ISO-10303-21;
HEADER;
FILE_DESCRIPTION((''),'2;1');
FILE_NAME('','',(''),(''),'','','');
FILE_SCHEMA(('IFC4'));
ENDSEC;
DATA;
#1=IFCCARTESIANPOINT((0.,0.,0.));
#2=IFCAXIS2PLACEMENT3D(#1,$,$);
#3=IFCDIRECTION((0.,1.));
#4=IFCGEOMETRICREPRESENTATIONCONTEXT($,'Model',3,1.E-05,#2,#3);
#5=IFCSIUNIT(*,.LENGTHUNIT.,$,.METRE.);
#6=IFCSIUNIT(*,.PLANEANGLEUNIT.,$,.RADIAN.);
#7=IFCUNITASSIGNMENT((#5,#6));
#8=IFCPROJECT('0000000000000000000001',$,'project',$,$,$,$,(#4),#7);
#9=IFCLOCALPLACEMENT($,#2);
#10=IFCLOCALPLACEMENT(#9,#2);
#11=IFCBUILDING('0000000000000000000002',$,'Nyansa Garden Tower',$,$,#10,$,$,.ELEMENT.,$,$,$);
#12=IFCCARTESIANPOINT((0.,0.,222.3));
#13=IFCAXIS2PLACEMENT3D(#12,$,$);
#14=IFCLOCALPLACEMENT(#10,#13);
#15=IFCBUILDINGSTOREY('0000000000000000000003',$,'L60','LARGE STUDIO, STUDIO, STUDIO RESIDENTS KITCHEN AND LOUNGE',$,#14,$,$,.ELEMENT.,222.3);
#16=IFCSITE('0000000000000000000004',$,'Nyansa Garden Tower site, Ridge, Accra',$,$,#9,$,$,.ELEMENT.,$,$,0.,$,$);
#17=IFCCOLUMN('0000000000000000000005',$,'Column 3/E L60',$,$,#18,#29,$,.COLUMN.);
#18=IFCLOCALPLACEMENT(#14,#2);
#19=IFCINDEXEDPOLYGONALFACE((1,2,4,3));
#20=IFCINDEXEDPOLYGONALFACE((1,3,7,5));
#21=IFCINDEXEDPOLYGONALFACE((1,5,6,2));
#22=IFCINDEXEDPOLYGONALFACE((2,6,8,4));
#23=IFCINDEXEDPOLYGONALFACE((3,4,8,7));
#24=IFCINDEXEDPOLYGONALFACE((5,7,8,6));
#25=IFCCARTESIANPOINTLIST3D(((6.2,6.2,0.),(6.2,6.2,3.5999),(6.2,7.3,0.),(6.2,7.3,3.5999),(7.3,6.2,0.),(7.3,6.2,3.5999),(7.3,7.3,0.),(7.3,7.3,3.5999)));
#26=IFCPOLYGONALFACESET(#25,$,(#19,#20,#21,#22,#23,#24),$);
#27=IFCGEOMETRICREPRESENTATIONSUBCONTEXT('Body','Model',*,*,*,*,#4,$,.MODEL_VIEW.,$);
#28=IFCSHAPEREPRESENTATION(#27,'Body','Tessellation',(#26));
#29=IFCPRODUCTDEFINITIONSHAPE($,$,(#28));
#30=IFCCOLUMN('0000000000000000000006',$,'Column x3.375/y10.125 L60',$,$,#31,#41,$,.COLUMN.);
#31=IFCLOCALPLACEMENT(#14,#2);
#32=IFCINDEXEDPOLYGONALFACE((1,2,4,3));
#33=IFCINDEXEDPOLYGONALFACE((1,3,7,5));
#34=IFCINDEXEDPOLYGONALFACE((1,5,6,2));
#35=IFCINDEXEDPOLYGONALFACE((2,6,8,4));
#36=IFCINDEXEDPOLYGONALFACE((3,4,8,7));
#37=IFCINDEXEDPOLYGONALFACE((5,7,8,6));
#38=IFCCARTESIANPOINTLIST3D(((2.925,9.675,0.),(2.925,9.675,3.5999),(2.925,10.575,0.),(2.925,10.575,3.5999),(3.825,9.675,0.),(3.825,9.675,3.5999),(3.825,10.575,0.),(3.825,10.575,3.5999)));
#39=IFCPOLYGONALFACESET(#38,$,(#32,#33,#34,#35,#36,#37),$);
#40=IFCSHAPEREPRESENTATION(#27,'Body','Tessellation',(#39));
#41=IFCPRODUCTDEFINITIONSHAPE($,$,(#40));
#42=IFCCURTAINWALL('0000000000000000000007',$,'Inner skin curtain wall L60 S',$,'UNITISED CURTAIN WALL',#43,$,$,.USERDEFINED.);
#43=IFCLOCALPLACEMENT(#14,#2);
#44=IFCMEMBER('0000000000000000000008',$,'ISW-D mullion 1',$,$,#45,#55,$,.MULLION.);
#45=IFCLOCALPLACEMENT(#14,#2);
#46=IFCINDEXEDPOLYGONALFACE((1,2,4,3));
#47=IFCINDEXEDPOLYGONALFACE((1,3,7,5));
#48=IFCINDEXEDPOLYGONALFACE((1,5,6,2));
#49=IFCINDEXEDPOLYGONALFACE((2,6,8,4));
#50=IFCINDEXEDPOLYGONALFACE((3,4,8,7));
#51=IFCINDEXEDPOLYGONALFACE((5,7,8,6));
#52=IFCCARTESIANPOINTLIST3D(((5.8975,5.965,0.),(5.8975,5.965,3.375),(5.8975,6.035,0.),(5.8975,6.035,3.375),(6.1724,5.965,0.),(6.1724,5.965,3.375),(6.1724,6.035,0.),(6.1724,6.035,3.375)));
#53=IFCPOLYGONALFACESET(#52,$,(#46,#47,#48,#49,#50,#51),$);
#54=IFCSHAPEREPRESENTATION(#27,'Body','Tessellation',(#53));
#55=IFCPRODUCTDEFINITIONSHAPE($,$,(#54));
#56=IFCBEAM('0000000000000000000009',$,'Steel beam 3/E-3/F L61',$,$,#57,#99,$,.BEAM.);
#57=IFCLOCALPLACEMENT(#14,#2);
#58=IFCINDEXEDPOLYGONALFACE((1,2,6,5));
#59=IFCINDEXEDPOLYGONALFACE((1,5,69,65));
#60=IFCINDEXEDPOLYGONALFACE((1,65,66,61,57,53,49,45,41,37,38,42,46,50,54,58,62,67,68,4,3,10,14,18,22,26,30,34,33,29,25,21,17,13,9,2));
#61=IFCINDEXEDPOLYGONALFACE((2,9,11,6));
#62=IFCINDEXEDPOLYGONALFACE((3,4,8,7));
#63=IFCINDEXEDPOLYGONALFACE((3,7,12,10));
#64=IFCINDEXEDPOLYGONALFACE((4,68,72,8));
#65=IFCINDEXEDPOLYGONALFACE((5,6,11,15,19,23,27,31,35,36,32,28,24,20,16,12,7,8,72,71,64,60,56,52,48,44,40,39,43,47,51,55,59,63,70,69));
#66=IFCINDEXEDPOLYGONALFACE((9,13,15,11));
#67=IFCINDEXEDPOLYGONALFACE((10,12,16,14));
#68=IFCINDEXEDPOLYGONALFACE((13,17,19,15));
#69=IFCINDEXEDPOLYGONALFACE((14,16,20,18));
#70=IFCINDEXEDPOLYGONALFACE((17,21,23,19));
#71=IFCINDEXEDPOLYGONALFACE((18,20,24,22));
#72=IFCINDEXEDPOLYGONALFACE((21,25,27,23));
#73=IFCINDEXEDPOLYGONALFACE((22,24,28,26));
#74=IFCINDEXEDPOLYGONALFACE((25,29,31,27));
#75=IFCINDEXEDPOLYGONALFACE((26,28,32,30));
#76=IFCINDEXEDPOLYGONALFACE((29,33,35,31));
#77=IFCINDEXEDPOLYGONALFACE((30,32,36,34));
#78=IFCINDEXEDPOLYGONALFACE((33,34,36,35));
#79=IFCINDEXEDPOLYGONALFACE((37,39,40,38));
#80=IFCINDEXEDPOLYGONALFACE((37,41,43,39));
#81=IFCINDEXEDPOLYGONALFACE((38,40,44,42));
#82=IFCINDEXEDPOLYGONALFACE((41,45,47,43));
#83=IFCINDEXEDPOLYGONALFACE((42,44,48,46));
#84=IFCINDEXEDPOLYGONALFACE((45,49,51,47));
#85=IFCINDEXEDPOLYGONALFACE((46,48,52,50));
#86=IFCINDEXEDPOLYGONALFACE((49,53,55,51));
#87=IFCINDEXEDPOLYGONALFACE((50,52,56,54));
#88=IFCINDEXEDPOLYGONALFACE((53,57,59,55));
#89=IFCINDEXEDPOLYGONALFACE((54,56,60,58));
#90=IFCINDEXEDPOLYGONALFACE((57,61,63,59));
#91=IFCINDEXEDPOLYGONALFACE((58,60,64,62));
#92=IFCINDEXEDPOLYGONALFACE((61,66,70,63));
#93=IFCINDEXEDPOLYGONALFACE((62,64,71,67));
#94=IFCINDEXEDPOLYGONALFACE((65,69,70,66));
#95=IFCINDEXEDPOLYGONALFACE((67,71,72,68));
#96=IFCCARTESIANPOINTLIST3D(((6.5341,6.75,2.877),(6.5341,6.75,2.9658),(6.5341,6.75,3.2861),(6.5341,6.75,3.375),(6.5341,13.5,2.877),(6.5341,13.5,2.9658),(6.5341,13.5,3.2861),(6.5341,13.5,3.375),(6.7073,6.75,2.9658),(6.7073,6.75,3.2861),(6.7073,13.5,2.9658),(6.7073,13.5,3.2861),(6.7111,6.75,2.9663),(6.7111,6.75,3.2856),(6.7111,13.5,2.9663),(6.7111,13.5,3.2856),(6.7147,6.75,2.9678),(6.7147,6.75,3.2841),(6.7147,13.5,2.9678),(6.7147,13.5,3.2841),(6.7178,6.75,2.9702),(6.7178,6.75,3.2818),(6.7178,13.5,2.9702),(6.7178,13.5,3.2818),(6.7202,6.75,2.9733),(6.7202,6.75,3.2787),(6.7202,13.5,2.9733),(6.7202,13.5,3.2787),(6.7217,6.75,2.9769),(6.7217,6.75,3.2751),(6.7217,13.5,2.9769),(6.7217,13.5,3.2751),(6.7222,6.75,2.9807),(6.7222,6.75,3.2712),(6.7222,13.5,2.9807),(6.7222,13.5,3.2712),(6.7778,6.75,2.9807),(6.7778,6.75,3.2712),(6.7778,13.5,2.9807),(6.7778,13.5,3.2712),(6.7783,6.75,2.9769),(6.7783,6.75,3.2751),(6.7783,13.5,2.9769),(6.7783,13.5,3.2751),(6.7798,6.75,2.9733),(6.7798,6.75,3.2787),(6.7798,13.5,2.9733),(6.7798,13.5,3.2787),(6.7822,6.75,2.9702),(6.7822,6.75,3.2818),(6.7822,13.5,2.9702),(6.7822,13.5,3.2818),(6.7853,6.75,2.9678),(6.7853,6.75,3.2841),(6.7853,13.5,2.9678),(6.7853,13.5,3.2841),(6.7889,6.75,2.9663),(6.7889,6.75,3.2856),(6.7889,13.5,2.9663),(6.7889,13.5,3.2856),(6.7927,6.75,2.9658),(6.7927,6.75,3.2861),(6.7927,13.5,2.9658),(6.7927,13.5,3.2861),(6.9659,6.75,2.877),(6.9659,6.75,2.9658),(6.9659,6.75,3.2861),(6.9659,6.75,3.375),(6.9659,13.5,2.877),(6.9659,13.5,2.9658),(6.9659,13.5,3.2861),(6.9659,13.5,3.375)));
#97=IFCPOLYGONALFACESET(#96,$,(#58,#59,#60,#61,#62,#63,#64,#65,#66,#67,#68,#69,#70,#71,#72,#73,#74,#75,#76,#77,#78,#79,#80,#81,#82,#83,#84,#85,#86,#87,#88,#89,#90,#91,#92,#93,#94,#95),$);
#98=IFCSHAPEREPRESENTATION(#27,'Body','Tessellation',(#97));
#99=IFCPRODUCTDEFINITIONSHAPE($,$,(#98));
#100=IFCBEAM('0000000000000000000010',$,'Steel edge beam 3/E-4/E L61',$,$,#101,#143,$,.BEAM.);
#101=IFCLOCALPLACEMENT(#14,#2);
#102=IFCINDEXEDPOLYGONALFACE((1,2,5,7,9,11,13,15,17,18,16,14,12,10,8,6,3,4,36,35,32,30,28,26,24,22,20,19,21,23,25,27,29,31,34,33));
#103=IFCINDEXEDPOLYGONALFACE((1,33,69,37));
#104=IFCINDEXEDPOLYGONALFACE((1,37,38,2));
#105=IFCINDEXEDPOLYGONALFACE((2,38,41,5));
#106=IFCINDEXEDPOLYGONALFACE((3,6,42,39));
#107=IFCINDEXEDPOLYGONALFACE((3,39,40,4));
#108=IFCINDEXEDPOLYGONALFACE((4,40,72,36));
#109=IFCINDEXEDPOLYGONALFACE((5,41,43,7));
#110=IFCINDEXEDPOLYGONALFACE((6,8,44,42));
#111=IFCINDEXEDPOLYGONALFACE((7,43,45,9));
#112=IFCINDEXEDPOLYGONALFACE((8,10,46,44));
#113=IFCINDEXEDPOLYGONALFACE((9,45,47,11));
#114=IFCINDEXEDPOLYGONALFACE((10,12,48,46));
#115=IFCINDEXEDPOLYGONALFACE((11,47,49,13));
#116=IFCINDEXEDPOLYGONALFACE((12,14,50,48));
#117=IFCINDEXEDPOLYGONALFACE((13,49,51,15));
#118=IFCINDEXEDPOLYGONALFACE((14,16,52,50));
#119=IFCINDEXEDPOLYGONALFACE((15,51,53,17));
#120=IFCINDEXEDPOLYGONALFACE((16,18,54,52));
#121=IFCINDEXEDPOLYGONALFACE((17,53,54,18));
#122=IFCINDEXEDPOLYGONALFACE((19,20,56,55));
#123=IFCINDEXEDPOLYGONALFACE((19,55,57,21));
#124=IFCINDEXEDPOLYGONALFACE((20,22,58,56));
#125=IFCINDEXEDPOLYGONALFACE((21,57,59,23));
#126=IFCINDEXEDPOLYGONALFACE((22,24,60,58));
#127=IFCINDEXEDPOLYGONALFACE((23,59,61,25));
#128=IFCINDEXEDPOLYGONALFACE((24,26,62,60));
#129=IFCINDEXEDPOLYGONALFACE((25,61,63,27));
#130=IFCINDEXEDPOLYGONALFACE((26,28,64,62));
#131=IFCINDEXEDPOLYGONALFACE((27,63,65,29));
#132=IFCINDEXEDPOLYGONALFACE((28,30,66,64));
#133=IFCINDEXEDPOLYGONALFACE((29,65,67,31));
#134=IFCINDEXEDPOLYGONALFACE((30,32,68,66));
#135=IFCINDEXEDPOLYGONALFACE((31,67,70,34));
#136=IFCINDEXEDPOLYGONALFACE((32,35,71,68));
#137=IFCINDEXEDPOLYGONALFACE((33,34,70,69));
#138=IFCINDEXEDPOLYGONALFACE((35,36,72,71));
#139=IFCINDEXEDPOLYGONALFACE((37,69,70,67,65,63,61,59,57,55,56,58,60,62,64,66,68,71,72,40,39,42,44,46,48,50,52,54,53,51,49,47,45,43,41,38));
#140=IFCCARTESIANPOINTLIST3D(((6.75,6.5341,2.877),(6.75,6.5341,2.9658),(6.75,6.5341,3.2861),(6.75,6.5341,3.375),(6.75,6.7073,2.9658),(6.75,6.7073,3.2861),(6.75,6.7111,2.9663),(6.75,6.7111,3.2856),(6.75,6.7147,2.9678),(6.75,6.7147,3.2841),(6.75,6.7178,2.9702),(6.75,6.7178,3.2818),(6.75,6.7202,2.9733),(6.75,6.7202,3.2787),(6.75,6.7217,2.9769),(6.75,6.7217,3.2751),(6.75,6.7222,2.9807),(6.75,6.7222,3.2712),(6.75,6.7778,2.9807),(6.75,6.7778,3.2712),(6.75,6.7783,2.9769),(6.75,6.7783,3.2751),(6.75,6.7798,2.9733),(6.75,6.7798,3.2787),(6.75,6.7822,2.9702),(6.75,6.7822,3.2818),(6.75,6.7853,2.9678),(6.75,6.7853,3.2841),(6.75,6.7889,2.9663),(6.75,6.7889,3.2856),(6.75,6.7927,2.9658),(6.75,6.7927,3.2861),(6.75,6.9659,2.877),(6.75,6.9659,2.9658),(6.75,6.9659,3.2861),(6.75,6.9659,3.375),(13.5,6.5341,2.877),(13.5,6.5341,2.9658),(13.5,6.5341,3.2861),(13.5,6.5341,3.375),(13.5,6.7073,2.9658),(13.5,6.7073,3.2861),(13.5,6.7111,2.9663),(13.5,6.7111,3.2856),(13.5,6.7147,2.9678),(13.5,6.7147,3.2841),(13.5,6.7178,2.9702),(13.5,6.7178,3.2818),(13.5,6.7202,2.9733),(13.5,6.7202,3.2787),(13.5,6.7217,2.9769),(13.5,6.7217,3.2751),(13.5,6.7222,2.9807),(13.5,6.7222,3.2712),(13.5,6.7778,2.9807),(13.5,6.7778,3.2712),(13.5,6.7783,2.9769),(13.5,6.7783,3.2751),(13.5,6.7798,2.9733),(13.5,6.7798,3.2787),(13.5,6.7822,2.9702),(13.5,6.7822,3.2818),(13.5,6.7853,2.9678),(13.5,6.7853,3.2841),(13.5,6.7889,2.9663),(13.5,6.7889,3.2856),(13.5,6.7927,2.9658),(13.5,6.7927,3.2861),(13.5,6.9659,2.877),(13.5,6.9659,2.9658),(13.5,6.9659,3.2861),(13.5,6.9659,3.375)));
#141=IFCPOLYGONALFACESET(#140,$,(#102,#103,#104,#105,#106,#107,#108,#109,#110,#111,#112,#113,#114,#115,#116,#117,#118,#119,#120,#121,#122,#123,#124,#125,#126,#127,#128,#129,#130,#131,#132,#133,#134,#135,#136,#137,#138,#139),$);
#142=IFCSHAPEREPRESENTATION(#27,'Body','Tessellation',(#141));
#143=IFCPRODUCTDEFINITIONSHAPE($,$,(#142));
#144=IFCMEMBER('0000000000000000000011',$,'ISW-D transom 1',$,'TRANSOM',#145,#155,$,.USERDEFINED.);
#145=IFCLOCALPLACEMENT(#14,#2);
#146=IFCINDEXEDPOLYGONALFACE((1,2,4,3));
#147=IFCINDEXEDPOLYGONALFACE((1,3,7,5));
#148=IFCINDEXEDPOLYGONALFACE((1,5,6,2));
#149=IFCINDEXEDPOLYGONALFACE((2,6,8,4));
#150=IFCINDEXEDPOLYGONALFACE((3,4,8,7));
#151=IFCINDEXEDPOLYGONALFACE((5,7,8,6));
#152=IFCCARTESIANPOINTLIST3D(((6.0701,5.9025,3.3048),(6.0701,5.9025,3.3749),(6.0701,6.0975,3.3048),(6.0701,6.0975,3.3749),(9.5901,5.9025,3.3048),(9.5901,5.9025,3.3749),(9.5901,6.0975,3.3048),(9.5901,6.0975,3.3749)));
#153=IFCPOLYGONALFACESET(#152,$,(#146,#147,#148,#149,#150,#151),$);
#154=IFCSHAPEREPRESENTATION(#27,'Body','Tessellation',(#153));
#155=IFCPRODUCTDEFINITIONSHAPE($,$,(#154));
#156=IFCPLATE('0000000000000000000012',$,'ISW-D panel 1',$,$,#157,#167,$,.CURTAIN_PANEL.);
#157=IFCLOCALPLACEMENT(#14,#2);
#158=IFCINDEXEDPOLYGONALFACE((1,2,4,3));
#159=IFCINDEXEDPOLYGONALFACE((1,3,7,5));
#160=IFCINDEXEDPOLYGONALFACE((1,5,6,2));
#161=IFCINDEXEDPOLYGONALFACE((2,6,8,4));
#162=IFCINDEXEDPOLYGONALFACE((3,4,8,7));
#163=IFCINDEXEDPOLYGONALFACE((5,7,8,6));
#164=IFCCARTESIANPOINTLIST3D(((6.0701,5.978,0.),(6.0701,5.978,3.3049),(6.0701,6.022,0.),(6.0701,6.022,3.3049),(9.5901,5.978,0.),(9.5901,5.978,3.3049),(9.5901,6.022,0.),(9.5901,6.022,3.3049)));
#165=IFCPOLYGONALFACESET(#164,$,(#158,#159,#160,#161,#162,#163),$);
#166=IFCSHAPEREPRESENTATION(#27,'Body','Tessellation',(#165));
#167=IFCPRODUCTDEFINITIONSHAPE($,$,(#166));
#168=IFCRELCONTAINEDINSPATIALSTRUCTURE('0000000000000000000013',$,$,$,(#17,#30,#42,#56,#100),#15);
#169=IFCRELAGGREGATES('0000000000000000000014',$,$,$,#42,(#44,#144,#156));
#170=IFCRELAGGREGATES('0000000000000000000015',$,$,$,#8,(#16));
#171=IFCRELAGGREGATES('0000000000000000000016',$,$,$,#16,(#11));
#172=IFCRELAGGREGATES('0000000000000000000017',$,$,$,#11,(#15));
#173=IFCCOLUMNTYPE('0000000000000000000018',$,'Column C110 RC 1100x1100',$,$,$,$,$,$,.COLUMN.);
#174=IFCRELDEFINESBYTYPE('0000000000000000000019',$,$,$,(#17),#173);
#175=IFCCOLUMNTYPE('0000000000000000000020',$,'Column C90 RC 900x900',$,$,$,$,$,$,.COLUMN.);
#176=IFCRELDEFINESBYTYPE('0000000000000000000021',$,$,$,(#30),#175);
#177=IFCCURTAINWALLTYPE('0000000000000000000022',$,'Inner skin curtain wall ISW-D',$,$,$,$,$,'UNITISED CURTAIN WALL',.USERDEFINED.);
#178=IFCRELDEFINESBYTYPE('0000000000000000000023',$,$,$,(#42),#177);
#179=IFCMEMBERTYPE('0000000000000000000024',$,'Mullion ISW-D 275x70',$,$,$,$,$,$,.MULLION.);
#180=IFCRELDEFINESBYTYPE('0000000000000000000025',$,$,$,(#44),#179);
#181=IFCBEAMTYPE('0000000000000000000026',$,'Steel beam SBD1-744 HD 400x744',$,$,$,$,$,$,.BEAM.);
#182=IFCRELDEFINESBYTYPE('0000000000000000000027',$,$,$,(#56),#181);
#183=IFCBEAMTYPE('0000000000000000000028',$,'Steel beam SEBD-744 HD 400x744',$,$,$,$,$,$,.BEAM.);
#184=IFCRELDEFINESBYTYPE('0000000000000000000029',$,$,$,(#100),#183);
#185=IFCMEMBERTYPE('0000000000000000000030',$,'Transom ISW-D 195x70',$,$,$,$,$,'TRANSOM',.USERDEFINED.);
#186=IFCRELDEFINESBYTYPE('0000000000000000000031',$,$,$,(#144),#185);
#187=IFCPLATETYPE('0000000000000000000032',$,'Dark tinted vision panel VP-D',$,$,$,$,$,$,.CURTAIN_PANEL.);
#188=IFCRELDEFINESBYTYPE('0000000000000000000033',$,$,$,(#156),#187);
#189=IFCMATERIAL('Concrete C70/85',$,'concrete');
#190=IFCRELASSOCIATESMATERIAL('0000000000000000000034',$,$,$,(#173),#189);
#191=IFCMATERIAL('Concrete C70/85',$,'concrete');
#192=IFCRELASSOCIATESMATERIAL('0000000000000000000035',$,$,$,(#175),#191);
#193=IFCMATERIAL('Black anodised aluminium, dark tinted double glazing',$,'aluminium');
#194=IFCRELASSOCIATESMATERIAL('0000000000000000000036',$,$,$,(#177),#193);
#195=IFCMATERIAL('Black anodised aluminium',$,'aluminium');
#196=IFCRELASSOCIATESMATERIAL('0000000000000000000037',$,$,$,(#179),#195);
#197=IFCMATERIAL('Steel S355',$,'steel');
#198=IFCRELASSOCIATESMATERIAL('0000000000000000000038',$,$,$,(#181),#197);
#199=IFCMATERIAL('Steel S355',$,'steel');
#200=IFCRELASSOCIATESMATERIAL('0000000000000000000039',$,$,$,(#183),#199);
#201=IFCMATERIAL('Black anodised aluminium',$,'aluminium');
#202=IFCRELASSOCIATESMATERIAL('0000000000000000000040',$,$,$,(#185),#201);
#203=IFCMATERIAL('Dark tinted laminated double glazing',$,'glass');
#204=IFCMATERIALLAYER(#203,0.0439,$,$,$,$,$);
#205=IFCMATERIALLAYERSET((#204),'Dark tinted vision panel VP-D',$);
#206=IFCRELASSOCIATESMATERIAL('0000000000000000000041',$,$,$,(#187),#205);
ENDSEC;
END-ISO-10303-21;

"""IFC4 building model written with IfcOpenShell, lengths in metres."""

from ifc_helpers import new_model, si_unit, direction, frame, origin, origin_2d, place, context, subcontext, project, spatial, rectangle, i_section, extrude, material, layer, layer_set, material_profile, profile_set, type_object, element, aggregate, save


model = new_model("IFC4")

# Units and contexts
model_context = context("Model", 3, precision=1e-05, world=origin(), true_north=direction((0.0, 1.0)))
body_context = subcontext(model_context, "Body", "Model", "MODEL_VIEW")
ifc_project = project(units=[si_unit("LENGTHUNIT", "METRE"), si_unit("PLANEANGLEUNIT", "RADIAN")], contexts=[model_context])

# Site, building, storey
site_placement = place(None, origin())
site = spatial("IfcSite", under=ifc_project, at=site_placement, Name="Nyansa Garden Tower site, Ridge, Accra", CompositionType="ELEMENT", RefElevation=0.0)
building_placement = place(site_placement, origin())
building = spatial("IfcBuilding", under=site, at=building_placement, Name="Nyansa Garden Tower", CompositionType="ELEMENT")
storey_placement = place(building_placement, frame((0.0, 0.0, 222.3)))
storey = spatial("IfcBuildingStorey", under=building, at=storey_placement, Name="L60", Description="LARGE STUDIO, STUDIO, STUDIO RESIDENTS KITCHEN AND LOUNGE", CompositionType="ELEMENT", Elevation=222.3)

# Columns
ifc_material_1 = material(Name="Concrete C70/85", Category="concrete")
ifc_material_profile_1 = material_profile(ifc_material_1, rectangle(XDim=1.1001, YDim=1.1001, at=origin_2d()), Name="RC 1100x1100")
ifc_profile_set_1 = profile_set([ifc_material_profile_1], Name="Concrete C70/85")
column_type_1 = type_object("IfcColumnType", Name="Column C110 RC 1100x1100", PredefinedType="COLUMN", material=ifc_profile_set_1)
column_1_placement = place(storey_placement, frame((6.75, 6.75, 0.0), z_axis=(0.0, 0.0, 1.0), x_axis=(1.0, 0.0, 0.0)))
element("IfcColumn", 1, at=column_1_placement, inside=storey, type_object=column_type_1, Name="Column 3/E L60", PredefinedType="COLUMN", context=body_context, shape_type="SweptSolid", body=[
    extrude(rectangle(XDim=1.1001, YDim=1.1001, at=origin_2d()), origin(), (0.0, 0.0, 1.0), 3.5999),
])
ifc_material_2 = material(Name="Concrete C70/85", Category="concrete")
ifc_material_profile_2 = material_profile(ifc_material_2, rectangle(XDim=0.8999, YDim=0.8999, at=origin_2d()), Name="RC 900x900")
ifc_profile_set_2 = profile_set([ifc_material_profile_2], Name="Concrete C70/85")
column_type_2 = type_object("IfcColumnType", Name="Column C90 RC 900x900", PredefinedType="COLUMN", material=ifc_profile_set_2)
column_2_placement = place(storey_placement, frame((3.375, 10.125, 0.0), z_axis=(0.0, 0.0, 1.0), x_axis=(1.0, 0.0, 0.0)))
element("IfcColumn", 2, at=column_2_placement, inside=storey, type_object=column_type_2, Name="Column x3.375/y10.125 L60", PredefinedType="COLUMN", context=body_context, shape_type="SweptSolid", body=[
    extrude(rectangle(XDim=0.8999, YDim=0.8999, at=origin_2d()), origin(), (0.0, 0.0, 1.0), 3.5999),
])

# Curtain wall, member
ifc_material_3 = material(Name="Black anodised aluminium, dark tinted double glazing", Category="aluminium")
curtain_wall_type = type_object("IfcCurtainWallType", Name="Inner skin curtain wall ISW-D", ElementType="UNITISED CURTAIN WALL", PredefinedType="USERDEFINED", material=ifc_material_3)
curtain_wall_placement = place(storey_placement, origin())
curtain_wall = element("IfcCurtainWall", 3, at=curtain_wall_placement, inside=storey, type_object=curtain_wall_type, Name="Inner skin curtain wall L60 S", ObjectType="UNITISED CURTAIN WALL", PredefinedType="USERDEFINED")
ifc_material_4 = material(Name="Black anodised aluminium", Category="aluminium")
ifc_material_profile_3 = material_profile(ifc_material_4, rectangle(XDim=0.0701, YDim=0.2749, at=origin_2d()), Name="Mullion 275x70")
ifc_profile_set_3 = profile_set([ifc_material_profile_3], Name="Black anodised aluminium")
member_type_1 = type_object("IfcMemberType", Name="Mullion ISW-D 275x70", PredefinedType="MULLION", material=ifc_profile_set_3)
member_1_placement = place(storey_placement, frame((6.0349, 6.0, 0.0), z_axis=(0.0, 0.0, 1.0), x_axis=(0.0, 1.0, 0.0)))
member_1 = element("IfcMember", 4, at=member_1_placement, type_object=member_type_1, Name="ISW-D mullion 1", PredefinedType="MULLION", context=body_context, shape_type="SweptSolid", body=[
    extrude(rectangle(XDim=0.0701, YDim=0.2749, at=origin_2d()), origin(), (0.0, 0.0, 1.0), 3.375),
])

# Beams
ifc_material_5 = material(Name="Steel S355", Category="steel")
ifc_material_profile_4 = material_profile(ifc_material_5, i_section(OverallWidth=0.4319, OverallDepth=0.498, WebThickness=0.0557, FlangeThickness=0.0889, FilletRadius=0.0149, at=origin_2d()), Name="HD 400x744")
ifc_profile_set_4 = profile_set([ifc_material_profile_4], Name="Steel S355")
beam_type_1 = type_object("IfcBeamType", Name="Steel beam SBD1-744 HD 400x744", PredefinedType="BEAM", material=ifc_profile_set_4)
beam_1_placement = place(storey_placement, frame((6.75, 6.75, 3.126), z_axis=(0.0, 1.0, 0.0), x_axis=(-1.0, 0.0, 0.0)))
element("IfcBeam", 5, at=beam_1_placement, inside=storey, type_object=beam_type_1, Name="Steel beam 3/E-3/F L61", PredefinedType="BEAM", context=body_context, shape_type="SweptSolid", body=[
    extrude(i_section(OverallWidth=0.4319, OverallDepth=0.498, WebThickness=0.0557, FlangeThickness=0.0889, FilletRadius=0.0149, at=origin_2d()), origin(), (0.0, 0.0, 1.0), 6.75),
])
ifc_material_6 = material(Name="Steel S355", Category="steel")
ifc_material_profile_5 = material_profile(ifc_material_6, i_section(OverallWidth=0.4319, OverallDepth=0.498, WebThickness=0.0557, FlangeThickness=0.0889, FilletRadius=0.0149, at=origin_2d()), Name="HD 400x744")
ifc_profile_set_5 = profile_set([ifc_material_profile_5], Name="Steel S355")
beam_type_2 = type_object("IfcBeamType", Name="Steel beam SEBD-744 HD 400x744", PredefinedType="BEAM", material=ifc_profile_set_5)
beam_2_placement = place(storey_placement, frame((6.75, 6.75, 3.126), z_axis=(1.0, 0.0, 0.0), x_axis=(0.0, 1.0, 0.0)))
element("IfcBeam", 6, at=beam_2_placement, inside=storey, type_object=beam_type_2, Name="Steel edge beam 3/E-4/E L61", PredefinedType="BEAM", context=body_context, shape_type="SweptSolid", body=[
    extrude(i_section(OverallWidth=0.4319, OverallDepth=0.498, WebThickness=0.0557, FlangeThickness=0.0889, FilletRadius=0.0149, at=origin_2d()), origin(), (0.0, 0.0, 1.0), 6.75),
])

# Member
ifc_material_7 = material(Name="Black anodised aluminium", Category="aluminium")
ifc_material_profile_6 = material_profile(ifc_material_7, rectangle(XDim=0.1951, YDim=0.0701, at=origin_2d()), Name="Transom 195x70")
ifc_profile_set_6 = profile_set([ifc_material_profile_6], Name="Black anodised aluminium")
member_type_2 = type_object("IfcMemberType", Name="Transom ISW-D 195x70", ElementType="TRANSOM", PredefinedType="USERDEFINED", material=ifc_profile_set_6)
member_2_placement = place(storey_placement, frame((6.0701, 6.0, 3.3398), z_axis=(1.0, 0.0, 0.0), x_axis=(0.0, 1.0, 0.0)))
member_2 = element("IfcMember", 7, at=member_2_placement, type_object=member_type_2, Name="ISW-D transom 1", ObjectType="TRANSOM", PredefinedType="USERDEFINED", context=body_context, shape_type="SweptSolid", body=[
    extrude(rectangle(XDim=0.1951, YDim=0.0701, at=origin_2d()), origin(), (0.0, 0.0, 1.0), 3.52),
])

# Plate
ifc_material_8 = material(Name="Dark tinted laminated double glazing", Category="glass")
ifc_layer_1 = layer(ifc_material_8, 0.0439)
ifc_layer_set_1 = layer_set([ifc_layer_1], Name="Dark tinted vision panel VP-D")
plate_type = type_object("IfcPlateType", Name="Dark tinted vision panel VP-D", PredefinedType="CURTAIN_PANEL", material=ifc_layer_set_1)
plate_placement = place(storey_placement, frame((7.8301, 6.0, 0.0), z_axis=(0.0, 0.0, 1.0), x_axis=(1.0, 0.0, 0.0)))
plate = element("IfcPlate", 8, at=plate_placement, type_object=plate_type, Name="ISW-D panel 1", PredefinedType="CURTAIN_PANEL", context=body_context, shape_type="SweptSolid", body=[
    extrude(rectangle(XDim=3.52, YDim=0.0439, at=origin_2d()), origin(), (0.0, 0.0, 1.0), 3.3049),
])
aggregate(curtain_wall, [member_1, member_2, plate])

save(model, "model.ifc")
